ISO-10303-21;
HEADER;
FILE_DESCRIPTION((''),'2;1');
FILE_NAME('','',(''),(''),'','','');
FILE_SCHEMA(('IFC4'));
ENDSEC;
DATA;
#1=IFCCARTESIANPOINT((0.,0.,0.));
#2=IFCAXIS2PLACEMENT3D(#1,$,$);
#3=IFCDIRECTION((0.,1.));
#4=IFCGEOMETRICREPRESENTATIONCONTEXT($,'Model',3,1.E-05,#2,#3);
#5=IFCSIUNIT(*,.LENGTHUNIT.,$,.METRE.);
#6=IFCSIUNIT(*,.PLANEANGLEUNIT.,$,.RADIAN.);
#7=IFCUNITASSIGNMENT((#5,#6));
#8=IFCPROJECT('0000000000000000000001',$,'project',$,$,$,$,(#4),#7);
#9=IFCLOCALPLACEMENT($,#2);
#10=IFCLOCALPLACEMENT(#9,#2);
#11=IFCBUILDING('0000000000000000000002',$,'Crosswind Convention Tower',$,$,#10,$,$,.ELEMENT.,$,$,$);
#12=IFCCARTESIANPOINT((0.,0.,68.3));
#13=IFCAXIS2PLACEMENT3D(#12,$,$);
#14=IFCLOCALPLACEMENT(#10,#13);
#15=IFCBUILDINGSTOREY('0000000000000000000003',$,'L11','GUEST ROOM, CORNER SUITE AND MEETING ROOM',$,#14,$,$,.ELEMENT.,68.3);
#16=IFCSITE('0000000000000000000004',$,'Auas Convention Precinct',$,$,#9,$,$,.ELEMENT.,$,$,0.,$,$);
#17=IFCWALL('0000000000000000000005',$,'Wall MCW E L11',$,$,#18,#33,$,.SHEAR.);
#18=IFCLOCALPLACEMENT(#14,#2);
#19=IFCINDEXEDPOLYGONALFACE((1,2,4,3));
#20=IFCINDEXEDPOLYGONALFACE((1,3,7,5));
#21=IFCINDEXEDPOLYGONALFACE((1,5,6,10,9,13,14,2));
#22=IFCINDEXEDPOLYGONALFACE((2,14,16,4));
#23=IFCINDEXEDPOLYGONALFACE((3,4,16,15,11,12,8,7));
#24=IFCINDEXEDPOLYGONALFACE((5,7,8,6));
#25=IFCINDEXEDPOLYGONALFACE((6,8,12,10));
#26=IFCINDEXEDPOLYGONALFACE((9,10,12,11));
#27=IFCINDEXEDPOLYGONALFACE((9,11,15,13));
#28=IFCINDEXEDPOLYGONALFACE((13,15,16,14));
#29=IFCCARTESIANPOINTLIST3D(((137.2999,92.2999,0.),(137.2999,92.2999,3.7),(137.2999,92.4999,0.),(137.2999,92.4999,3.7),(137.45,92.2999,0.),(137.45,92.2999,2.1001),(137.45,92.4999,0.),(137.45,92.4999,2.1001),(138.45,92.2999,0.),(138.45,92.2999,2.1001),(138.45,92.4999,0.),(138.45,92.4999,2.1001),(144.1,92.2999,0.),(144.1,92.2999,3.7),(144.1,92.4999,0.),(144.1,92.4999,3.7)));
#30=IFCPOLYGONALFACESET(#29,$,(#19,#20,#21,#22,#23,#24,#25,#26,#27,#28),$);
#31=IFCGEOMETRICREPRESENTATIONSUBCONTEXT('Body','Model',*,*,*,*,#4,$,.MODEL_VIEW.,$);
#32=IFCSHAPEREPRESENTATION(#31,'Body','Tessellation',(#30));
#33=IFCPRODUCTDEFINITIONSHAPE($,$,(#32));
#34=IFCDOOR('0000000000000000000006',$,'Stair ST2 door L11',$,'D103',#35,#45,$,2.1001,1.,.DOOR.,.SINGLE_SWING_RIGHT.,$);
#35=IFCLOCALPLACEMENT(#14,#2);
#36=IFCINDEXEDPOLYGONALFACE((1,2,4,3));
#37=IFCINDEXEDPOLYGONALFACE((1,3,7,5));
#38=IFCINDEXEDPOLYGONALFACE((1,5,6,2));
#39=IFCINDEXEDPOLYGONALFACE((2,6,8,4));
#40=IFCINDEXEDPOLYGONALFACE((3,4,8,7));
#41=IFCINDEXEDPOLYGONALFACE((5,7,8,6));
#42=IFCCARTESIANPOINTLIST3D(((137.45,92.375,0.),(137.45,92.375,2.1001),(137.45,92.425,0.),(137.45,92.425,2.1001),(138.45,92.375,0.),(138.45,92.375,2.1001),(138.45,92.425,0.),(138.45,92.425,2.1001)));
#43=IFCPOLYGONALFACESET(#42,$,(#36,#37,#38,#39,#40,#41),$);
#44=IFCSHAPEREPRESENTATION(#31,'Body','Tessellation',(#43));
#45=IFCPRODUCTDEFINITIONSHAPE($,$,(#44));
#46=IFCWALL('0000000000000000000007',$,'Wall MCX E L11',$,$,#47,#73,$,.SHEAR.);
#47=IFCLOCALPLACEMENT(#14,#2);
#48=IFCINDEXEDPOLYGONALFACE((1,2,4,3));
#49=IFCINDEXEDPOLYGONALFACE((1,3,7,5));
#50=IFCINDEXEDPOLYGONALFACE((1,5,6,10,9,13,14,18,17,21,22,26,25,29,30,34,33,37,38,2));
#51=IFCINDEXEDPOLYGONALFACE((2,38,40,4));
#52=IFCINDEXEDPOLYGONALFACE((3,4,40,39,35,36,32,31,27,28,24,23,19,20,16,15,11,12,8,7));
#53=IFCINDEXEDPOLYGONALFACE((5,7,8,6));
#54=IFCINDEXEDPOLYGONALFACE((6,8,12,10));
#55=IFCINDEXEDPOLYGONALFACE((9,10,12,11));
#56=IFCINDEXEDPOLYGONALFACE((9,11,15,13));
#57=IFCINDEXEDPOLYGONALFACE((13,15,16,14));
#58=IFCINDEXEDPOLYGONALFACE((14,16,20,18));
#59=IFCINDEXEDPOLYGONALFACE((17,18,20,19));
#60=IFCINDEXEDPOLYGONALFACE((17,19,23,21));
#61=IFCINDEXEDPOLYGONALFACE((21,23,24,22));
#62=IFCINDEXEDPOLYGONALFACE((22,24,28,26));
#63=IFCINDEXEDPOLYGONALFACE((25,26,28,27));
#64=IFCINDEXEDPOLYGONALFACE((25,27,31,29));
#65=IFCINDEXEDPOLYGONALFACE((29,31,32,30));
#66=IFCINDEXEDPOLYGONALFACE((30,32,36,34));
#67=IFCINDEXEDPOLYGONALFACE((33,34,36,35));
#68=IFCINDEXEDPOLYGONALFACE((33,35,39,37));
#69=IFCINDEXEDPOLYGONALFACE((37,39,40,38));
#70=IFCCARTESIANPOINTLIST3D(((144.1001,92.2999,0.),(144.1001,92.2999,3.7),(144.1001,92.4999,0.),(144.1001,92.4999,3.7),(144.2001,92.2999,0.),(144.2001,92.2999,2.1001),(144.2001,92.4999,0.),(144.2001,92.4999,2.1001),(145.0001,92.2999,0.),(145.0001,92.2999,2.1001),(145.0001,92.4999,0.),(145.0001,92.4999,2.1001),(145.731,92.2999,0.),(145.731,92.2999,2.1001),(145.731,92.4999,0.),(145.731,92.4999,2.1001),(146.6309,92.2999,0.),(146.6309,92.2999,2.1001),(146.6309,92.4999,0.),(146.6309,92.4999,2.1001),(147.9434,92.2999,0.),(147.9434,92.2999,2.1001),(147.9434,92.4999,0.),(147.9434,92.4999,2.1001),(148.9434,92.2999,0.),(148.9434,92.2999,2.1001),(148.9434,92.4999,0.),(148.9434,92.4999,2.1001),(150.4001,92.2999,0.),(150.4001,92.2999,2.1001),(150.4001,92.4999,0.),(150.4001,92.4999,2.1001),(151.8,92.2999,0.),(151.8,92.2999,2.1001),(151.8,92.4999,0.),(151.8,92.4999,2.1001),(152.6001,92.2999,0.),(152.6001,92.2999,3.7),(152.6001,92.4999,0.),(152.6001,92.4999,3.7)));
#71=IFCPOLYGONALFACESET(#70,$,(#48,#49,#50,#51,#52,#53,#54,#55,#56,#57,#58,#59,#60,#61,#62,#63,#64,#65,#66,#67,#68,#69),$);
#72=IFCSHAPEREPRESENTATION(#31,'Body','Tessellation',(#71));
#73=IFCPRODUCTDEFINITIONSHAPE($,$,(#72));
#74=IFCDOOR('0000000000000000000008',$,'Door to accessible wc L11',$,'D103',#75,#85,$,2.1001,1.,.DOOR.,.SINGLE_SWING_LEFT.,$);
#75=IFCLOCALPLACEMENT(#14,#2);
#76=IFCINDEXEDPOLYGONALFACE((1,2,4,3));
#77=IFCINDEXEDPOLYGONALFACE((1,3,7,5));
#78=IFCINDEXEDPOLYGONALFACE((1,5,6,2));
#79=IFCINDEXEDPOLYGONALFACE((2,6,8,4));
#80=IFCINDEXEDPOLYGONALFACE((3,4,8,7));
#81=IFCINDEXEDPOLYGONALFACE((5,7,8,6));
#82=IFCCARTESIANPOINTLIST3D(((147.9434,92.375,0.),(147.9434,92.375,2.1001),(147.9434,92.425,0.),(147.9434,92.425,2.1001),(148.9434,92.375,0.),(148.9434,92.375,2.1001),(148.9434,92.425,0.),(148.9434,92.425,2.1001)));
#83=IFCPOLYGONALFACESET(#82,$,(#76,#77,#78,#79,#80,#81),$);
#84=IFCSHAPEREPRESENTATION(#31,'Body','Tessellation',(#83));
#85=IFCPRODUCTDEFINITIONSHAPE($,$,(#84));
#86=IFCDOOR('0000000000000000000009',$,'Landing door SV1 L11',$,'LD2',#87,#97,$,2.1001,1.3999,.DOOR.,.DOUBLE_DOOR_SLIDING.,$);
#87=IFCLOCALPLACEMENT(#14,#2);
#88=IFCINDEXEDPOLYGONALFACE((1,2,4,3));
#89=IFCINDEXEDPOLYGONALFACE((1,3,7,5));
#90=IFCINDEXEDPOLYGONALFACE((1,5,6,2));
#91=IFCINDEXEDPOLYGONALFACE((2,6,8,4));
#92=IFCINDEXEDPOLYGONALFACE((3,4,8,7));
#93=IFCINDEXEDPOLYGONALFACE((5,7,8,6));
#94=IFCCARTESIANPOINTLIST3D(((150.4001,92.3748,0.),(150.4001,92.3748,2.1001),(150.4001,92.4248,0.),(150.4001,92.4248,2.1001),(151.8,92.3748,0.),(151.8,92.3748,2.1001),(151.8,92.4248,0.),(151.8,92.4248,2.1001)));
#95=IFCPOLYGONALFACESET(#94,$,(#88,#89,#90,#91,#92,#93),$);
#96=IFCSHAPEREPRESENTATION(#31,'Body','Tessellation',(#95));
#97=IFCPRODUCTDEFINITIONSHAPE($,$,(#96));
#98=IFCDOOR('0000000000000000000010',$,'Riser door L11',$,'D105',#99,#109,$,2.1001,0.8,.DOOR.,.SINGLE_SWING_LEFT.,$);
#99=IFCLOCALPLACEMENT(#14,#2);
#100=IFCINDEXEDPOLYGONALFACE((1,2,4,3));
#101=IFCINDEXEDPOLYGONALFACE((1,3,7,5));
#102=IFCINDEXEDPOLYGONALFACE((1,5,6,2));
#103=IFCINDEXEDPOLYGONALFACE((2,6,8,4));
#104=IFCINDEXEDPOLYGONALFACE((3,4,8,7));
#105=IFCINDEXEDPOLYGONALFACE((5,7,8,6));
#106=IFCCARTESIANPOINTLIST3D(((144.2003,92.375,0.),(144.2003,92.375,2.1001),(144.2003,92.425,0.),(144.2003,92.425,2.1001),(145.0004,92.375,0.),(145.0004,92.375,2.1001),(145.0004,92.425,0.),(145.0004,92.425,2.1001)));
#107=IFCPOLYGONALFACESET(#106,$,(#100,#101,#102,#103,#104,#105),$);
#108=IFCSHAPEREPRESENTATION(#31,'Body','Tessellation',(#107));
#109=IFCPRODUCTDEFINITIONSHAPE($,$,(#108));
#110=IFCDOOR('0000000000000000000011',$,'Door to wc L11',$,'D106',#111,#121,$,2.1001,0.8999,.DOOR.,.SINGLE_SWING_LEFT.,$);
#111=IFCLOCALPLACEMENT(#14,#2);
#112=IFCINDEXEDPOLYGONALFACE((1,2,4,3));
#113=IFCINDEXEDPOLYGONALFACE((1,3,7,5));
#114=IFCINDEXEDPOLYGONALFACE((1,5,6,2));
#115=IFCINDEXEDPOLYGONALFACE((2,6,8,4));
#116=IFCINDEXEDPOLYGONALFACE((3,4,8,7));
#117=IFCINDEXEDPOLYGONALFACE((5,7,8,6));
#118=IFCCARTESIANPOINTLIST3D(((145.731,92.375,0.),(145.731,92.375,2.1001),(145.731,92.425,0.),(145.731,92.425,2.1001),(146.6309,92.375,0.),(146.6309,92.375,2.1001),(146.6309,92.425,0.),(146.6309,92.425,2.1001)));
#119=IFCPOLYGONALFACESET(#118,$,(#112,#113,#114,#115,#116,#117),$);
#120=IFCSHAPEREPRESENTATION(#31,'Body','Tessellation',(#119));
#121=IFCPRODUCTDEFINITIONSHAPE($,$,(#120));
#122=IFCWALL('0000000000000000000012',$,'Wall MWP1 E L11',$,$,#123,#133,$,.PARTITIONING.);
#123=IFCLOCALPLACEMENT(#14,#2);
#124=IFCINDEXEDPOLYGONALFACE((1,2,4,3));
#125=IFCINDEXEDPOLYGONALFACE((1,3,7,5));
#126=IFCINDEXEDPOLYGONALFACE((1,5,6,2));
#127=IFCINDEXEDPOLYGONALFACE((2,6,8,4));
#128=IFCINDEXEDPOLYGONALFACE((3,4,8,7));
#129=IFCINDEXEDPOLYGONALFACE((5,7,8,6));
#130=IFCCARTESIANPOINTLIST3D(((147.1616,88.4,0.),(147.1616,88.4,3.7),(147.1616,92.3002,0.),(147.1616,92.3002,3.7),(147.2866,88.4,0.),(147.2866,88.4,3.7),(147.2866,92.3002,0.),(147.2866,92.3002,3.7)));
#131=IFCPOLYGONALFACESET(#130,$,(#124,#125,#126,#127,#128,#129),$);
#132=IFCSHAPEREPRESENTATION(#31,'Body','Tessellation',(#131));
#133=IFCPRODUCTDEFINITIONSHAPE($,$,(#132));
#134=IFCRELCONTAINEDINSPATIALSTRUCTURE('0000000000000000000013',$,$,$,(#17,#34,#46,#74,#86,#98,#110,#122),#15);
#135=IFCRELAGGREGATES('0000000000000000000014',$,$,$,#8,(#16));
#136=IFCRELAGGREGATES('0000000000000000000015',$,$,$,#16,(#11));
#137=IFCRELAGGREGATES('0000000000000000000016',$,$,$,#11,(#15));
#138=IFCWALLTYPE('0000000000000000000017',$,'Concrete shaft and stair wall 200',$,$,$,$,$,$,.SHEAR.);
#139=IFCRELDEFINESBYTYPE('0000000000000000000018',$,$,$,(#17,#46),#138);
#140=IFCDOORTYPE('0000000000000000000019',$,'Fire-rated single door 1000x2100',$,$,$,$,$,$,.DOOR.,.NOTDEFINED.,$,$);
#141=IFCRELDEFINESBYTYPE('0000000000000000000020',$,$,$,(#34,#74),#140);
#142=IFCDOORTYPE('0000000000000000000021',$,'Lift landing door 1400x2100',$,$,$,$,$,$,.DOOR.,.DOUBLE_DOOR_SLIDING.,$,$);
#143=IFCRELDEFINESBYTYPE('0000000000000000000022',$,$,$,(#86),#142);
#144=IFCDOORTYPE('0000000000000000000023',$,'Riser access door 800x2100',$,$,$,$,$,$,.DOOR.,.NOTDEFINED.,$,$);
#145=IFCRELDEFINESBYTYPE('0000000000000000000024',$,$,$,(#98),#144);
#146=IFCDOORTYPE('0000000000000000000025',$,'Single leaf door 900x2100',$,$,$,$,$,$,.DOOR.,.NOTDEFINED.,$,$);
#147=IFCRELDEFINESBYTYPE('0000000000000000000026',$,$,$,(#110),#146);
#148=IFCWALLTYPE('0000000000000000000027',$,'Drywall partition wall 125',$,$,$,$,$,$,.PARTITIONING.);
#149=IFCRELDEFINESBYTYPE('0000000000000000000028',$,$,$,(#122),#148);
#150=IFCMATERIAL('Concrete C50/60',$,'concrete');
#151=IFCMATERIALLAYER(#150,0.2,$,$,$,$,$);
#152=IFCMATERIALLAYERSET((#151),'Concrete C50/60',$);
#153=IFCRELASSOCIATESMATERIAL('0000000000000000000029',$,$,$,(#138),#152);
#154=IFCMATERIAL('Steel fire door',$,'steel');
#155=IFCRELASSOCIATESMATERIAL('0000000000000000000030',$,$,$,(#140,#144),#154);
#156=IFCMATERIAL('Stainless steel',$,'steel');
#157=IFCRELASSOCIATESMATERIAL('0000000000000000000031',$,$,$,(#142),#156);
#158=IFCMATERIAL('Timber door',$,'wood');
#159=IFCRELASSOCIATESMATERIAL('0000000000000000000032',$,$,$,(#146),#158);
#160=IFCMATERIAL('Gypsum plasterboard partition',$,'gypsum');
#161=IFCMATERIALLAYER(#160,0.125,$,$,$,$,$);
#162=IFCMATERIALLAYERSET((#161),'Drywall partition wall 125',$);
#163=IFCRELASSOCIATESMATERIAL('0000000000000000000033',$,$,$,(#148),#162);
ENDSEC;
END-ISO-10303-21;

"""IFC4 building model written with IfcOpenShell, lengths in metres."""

from ifc_helpers import new_model, si_unit, direction, frame, frame_2d, origin, place, context, subcontext, project, spatial, rectangle, extrude, material, layer, layer_set, type_object, element, fill, save


model = new_model("IFC4")

# Units and contexts
model_context = context("Model", 3, precision=1e-05, world=origin(), true_north=direction((0.0, 1.0)))
body_context = subcontext(model_context, "Body", "Model", "MODEL_VIEW")
ifc_project = project(units=[si_unit("LENGTHUNIT", "METRE"), si_unit("PLANEANGLEUNIT", "RADIAN")], contexts=[model_context])

# Site, building, storey
site_placement = place(None, origin())
site = spatial("IfcSite", under=ifc_project, at=site_placement, Name="Auas Convention Precinct", CompositionType="ELEMENT", RefElevation=0.0)
building_placement = place(site_placement, origin())
building = spatial("IfcBuilding", under=site, at=building_placement, Name="Crosswind Convention Tower", CompositionType="ELEMENT")
storey_placement = place(building_placement, frame((0.0, 0.0, 68.3)))
storey = spatial("IfcBuildingStorey", under=building, at=storey_placement, Name="L11", Description="GUEST ROOM, CORNER SUITE AND MEETING ROOM", CompositionType="ELEMENT", Elevation=68.3)

# Shared definitions
ifc_material_1 = material(Name="Concrete C50/60", Category="concrete")

# Shared definitions
ifc_layer_1 = layer(ifc_material_1, 0.2)
ifc_layer_set_1 = layer_set([ifc_layer_1], Name="Concrete C50/60")
wall_type_1 = type_object("IfcWallType", Name="Concrete shaft and stair wall 200", PredefinedType="SHEAR", material=ifc_layer_set_1)

# Shared definitions
ifc_material_2 = material(Name="Steel fire door", Category="steel")

# Wall, opening, door
wall_1_placement = place(storey_placement, frame((137.3, 92.3999, 0.0), z_axis=(0.0, 0.0, 1.0), x_axis=(1.0, 0.0, 0.0)))
wall_1 = element("IfcWall", 1, at=wall_1_placement, inside=storey, type_object=wall_type_1, Name="Wall MCW E L11", PredefinedType="SHEAR", context=body_context, shape_type="SweptSolid", body=[
    extrude(rectangle(XDim=6.8, YDim=0.2, at=frame_2d((3.3999, 0.0))), origin(), (0.0, 0.0, 1.0), 3.7),
])
opening_1_placement = place(wall_1_placement, frame((0.1499, 0.0, 0.0)))
opening_1 = element("IfcOpeningElement", 2, at=opening_1_placement, cuts=wall_1, PredefinedType="OPENING", context=body_context, shape_type="SweptSolid", body=[
    extrude(rectangle(XDim=1.0, YDim=2.1001, at=frame_2d((0.5, 1.05))), frame((0.0, 0.1099, 0.0), z_axis=(0.0, -1.0, 0.0), x_axis=(1.0, 0.0, 0.0)), (0.0, 0.0, 1.0), 0.22),
])
door_type_1 = type_object("IfcDoorType", Name="Fire-rated single door 1000x2100", OperationType="NOTDEFINED", PredefinedType="DOOR", material=ifc_material_2)
door_1_placement = place(opening_1_placement, frame((1.0, 0.0, 0.0), z_axis=(0.0, 0.0, 1.0), x_axis=(-1.0, 0.0, 0.0)))
door_1 = element("IfcDoor", 3, at=door_1_placement, inside=storey, type_object=door_type_1, Name="Stair ST2 door L11", ObjectType="D103", OperationType="SINGLE_SWING_RIGHT", OverallHeight=2.1001, OverallWidth=1.0, PredefinedType="DOOR", context=body_context, shape_type="SweptSolid", body=[
    extrude(rectangle(XDim=1.0, YDim=2.1001, at=frame_2d((0.5, 1.05))), frame((0.0, 0.0249, 0.0), z_axis=(0.0, -1.0, 0.0), x_axis=(1.0, 0.0, 0.0)), (0.0, 0.0, 1.0), 0.05),
])
fill(opening_1, door_1)

# Wall, openings, doors
wall_2_placement = place(storey_placement, frame((144.1001, 92.3999, 0.0), z_axis=(0.0, 0.0, 1.0), x_axis=(1.0, 0.0, 0.0)))
wall_2 = element("IfcWall", 4, at=wall_2_placement, inside=storey, type_object=wall_type_1, Name="Wall MCX E L11", PredefinedType="SHEAR", context=body_context, shape_type="SweptSolid", body=[
    extrude(rectangle(XDim=8.5, YDim=0.2, at=frame_2d((4.25, 0.0))), origin(), (0.0, 0.0, 1.0), 3.7),
])
opening_2_placement = place(wall_2_placement, frame((0.1001, 0.0, 0.0)))
opening_2 = element("IfcOpeningElement", 5, at=opening_2_placement, cuts=wall_2, PredefinedType="OPENING", context=body_context, shape_type="SweptSolid", body=[
    extrude(rectangle(XDim=0.8, YDim=2.1001, at=frame_2d((0.3999, 1.05))), frame((0.0, 0.1099, 0.0), z_axis=(0.0, -1.0, 0.0), x_axis=(1.0, 0.0, 0.0)), (0.0, 0.0, 1.0), 0.22),
])
opening_3_placement = place(wall_2_placement, frame((1.6309, 0.0, 0.0)))
opening_3 = element("IfcOpeningElement", 6, at=opening_3_placement, cuts=wall_2, PredefinedType="OPENING", context=body_context, shape_type="SweptSolid", body=[
    extrude(rectangle(XDim=0.8999, YDim=2.1001, at=frame_2d((0.45, 1.05))), frame((0.0, 0.1099, 0.0), z_axis=(0.0, -1.0, 0.0), x_axis=(1.0, 0.0, 0.0)), (0.0, 0.0, 1.0), 0.22),
])
opening_4_placement = place(wall_2_placement, frame((3.8433, 0.0, 0.0)))
opening_4 = element("IfcOpeningElement", 7, at=opening_4_placement, cuts=wall_2, PredefinedType="OPENING", context=body_context, shape_type="SweptSolid", body=[
    extrude(rectangle(XDim=1.0, YDim=2.1001, at=frame_2d((0.5, 1.05))), frame((0.0, 0.1099, 0.0), z_axis=(0.0, -1.0, 0.0), x_axis=(1.0, 0.0, 0.0)), (0.0, 0.0, 1.0), 0.22),
])
opening_5_placement = place(wall_2_placement, frame((6.3, 0.0, 0.0)))
opening_5 = element("IfcOpeningElement", 8, at=opening_5_placement, cuts=wall_2, PredefinedType="OPENING", context=body_context, shape_type="SweptSolid", body=[
    extrude(rectangle(XDim=1.3999, YDim=2.1001, at=frame_2d((0.7, 1.05))), frame((0.0, 0.1099, 0.0), z_axis=(0.0, -1.0, 0.0), x_axis=(1.0, 0.0, 0.0)), (0.0, 0.0, 1.0), 0.22),
])
door_2_placement = place(opening_4_placement, frame((1.0, 0.0, 0.0), z_axis=(0.0, 0.0, 1.0), x_axis=(-1.0, 0.0, 0.0)))
door_2 = element("IfcDoor", 9, at=door_2_placement, inside=storey, type_object=door_type_1, Name="Door to accessible wc L11", ObjectType="D103", OperationType="SINGLE_SWING_LEFT", OverallHeight=2.1001, OverallWidth=1.0, PredefinedType="DOOR", context=body_context, shape_type="SweptSolid", body=[
    extrude(rectangle(XDim=1.0, YDim=2.1001, at=frame_2d((0.5, 1.05))), frame((0.0, 0.0249, 0.0), z_axis=(0.0, -1.0, 0.0), x_axis=(1.0, 0.0, 0.0)), (0.0, 0.0, 1.0), 0.05),
])
fill(opening_4, door_2)
ifc_material_3 = material(Name="Stainless steel", Category="steel")
door_type_2 = type_object("IfcDoorType", Name="Lift landing door 1400x2100", OperationType="DOUBLE_DOOR_SLIDING", PredefinedType="DOOR", material=ifc_material_3)
door_3_placement = place(opening_5_placement, origin())
door_3 = element("IfcDoor", 10, at=door_3_placement, inside=storey, type_object=door_type_2, Name="Landing door SV1 L11", ObjectType="LD2", OperationType="DOUBLE_DOOR_SLIDING", OverallHeight=2.1001, OverallWidth=1.3999, PredefinedType="DOOR", context=body_context, shape_type="SweptSolid", body=[
    extrude(rectangle(XDim=1.3999, YDim=2.1001, at=frame_2d((0.7, 1.05))), frame((0.0, 0.0249, 0.0), z_axis=(0.0, -1.0, 0.0), x_axis=(1.0, 0.0, 0.0)), (0.0, 0.0, 1.0), 0.05),
])
fill(opening_5, door_3)
door_type_3 = type_object("IfcDoorType", Name="Riser access door 800x2100", OperationType="NOTDEFINED", PredefinedType="DOOR", material=ifc_material_2)
door_4_placement = place(opening_2_placement, frame((0.8, 0.0, 0.0), z_axis=(0.0, 0.0, 1.0), x_axis=(-1.0, 0.0, 0.0)))
door_4 = element("IfcDoor", 11, at=door_4_placement, inside=storey, type_object=door_type_3, Name="Riser door L11", ObjectType="D105", OperationType="SINGLE_SWING_LEFT", OverallHeight=2.1001, OverallWidth=0.8, PredefinedType="DOOR", context=body_context, shape_type="SweptSolid", body=[
    extrude(rectangle(XDim=0.8, YDim=2.1001, at=frame_2d((0.3999, 1.05))), frame((0.0, 0.0249, 0.0), z_axis=(0.0, -1.0, 0.0), x_axis=(1.0, 0.0, 0.0)), (0.0, 0.0, 1.0), 0.05),
])
fill(opening_2, door_4)
ifc_material_4 = material(Name="Timber door", Category="wood")
door_type_4 = type_object("IfcDoorType", Name="Single leaf door 900x2100", OperationType="NOTDEFINED", PredefinedType="DOOR", material=ifc_material_4)
door_5_placement = place(opening_3_placement, frame((0.8999, 0.0, 0.0), z_axis=(0.0, 0.0, 1.0), x_axis=(-1.0, 0.0, 0.0)))
door_5 = element("IfcDoor", 12, at=door_5_placement, inside=storey, type_object=door_type_4, Name="Door to wc L11", ObjectType="D106", OperationType="SINGLE_SWING_LEFT", OverallHeight=2.1001, OverallWidth=0.8999, PredefinedType="DOOR", context=body_context, shape_type="SweptSolid", body=[
    extrude(rectangle(XDim=0.8999, YDim=2.1001, at=frame_2d((0.45, 1.05))), frame((0.0, 0.0249, 0.0), z_axis=(0.0, -1.0, 0.0), x_axis=(1.0, 0.0, 0.0)), (0.0, 0.0, 1.0), 0.05),
])
fill(opening_3, door_5)

# Wall
ifc_material_5 = material(Name="Gypsum plasterboard partition", Category="gypsum")
ifc_layer_2 = layer(ifc_material_5, 0.125)
ifc_layer_set_2 = layer_set([ifc_layer_2], Name="Drywall partition wall 125")
wall_type_2 = type_object("IfcWallType", Name="Drywall partition wall 125", PredefinedType="PARTITIONING", material=ifc_layer_set_2)
wall_3_placement = place(storey_placement, frame((147.2241, 88.3999, 0.0), z_axis=(0.0, 0.0, 1.0), x_axis=(0.0, 1.0, 0.0)))
element("IfcWall", 13, at=wall_3_placement, inside=storey, type_object=wall_type_2, Name="Wall MWP1 E L11", PredefinedType="PARTITIONING", context=body_context, shape_type="SweptSolid", body=[
    extrude(rectangle(XDim=3.9001, YDim=0.125, at=frame_2d((1.9502, 0.0))), origin(), (0.0, 0.0, 1.0), 3.7),
])

save(model, "model.ifc")
